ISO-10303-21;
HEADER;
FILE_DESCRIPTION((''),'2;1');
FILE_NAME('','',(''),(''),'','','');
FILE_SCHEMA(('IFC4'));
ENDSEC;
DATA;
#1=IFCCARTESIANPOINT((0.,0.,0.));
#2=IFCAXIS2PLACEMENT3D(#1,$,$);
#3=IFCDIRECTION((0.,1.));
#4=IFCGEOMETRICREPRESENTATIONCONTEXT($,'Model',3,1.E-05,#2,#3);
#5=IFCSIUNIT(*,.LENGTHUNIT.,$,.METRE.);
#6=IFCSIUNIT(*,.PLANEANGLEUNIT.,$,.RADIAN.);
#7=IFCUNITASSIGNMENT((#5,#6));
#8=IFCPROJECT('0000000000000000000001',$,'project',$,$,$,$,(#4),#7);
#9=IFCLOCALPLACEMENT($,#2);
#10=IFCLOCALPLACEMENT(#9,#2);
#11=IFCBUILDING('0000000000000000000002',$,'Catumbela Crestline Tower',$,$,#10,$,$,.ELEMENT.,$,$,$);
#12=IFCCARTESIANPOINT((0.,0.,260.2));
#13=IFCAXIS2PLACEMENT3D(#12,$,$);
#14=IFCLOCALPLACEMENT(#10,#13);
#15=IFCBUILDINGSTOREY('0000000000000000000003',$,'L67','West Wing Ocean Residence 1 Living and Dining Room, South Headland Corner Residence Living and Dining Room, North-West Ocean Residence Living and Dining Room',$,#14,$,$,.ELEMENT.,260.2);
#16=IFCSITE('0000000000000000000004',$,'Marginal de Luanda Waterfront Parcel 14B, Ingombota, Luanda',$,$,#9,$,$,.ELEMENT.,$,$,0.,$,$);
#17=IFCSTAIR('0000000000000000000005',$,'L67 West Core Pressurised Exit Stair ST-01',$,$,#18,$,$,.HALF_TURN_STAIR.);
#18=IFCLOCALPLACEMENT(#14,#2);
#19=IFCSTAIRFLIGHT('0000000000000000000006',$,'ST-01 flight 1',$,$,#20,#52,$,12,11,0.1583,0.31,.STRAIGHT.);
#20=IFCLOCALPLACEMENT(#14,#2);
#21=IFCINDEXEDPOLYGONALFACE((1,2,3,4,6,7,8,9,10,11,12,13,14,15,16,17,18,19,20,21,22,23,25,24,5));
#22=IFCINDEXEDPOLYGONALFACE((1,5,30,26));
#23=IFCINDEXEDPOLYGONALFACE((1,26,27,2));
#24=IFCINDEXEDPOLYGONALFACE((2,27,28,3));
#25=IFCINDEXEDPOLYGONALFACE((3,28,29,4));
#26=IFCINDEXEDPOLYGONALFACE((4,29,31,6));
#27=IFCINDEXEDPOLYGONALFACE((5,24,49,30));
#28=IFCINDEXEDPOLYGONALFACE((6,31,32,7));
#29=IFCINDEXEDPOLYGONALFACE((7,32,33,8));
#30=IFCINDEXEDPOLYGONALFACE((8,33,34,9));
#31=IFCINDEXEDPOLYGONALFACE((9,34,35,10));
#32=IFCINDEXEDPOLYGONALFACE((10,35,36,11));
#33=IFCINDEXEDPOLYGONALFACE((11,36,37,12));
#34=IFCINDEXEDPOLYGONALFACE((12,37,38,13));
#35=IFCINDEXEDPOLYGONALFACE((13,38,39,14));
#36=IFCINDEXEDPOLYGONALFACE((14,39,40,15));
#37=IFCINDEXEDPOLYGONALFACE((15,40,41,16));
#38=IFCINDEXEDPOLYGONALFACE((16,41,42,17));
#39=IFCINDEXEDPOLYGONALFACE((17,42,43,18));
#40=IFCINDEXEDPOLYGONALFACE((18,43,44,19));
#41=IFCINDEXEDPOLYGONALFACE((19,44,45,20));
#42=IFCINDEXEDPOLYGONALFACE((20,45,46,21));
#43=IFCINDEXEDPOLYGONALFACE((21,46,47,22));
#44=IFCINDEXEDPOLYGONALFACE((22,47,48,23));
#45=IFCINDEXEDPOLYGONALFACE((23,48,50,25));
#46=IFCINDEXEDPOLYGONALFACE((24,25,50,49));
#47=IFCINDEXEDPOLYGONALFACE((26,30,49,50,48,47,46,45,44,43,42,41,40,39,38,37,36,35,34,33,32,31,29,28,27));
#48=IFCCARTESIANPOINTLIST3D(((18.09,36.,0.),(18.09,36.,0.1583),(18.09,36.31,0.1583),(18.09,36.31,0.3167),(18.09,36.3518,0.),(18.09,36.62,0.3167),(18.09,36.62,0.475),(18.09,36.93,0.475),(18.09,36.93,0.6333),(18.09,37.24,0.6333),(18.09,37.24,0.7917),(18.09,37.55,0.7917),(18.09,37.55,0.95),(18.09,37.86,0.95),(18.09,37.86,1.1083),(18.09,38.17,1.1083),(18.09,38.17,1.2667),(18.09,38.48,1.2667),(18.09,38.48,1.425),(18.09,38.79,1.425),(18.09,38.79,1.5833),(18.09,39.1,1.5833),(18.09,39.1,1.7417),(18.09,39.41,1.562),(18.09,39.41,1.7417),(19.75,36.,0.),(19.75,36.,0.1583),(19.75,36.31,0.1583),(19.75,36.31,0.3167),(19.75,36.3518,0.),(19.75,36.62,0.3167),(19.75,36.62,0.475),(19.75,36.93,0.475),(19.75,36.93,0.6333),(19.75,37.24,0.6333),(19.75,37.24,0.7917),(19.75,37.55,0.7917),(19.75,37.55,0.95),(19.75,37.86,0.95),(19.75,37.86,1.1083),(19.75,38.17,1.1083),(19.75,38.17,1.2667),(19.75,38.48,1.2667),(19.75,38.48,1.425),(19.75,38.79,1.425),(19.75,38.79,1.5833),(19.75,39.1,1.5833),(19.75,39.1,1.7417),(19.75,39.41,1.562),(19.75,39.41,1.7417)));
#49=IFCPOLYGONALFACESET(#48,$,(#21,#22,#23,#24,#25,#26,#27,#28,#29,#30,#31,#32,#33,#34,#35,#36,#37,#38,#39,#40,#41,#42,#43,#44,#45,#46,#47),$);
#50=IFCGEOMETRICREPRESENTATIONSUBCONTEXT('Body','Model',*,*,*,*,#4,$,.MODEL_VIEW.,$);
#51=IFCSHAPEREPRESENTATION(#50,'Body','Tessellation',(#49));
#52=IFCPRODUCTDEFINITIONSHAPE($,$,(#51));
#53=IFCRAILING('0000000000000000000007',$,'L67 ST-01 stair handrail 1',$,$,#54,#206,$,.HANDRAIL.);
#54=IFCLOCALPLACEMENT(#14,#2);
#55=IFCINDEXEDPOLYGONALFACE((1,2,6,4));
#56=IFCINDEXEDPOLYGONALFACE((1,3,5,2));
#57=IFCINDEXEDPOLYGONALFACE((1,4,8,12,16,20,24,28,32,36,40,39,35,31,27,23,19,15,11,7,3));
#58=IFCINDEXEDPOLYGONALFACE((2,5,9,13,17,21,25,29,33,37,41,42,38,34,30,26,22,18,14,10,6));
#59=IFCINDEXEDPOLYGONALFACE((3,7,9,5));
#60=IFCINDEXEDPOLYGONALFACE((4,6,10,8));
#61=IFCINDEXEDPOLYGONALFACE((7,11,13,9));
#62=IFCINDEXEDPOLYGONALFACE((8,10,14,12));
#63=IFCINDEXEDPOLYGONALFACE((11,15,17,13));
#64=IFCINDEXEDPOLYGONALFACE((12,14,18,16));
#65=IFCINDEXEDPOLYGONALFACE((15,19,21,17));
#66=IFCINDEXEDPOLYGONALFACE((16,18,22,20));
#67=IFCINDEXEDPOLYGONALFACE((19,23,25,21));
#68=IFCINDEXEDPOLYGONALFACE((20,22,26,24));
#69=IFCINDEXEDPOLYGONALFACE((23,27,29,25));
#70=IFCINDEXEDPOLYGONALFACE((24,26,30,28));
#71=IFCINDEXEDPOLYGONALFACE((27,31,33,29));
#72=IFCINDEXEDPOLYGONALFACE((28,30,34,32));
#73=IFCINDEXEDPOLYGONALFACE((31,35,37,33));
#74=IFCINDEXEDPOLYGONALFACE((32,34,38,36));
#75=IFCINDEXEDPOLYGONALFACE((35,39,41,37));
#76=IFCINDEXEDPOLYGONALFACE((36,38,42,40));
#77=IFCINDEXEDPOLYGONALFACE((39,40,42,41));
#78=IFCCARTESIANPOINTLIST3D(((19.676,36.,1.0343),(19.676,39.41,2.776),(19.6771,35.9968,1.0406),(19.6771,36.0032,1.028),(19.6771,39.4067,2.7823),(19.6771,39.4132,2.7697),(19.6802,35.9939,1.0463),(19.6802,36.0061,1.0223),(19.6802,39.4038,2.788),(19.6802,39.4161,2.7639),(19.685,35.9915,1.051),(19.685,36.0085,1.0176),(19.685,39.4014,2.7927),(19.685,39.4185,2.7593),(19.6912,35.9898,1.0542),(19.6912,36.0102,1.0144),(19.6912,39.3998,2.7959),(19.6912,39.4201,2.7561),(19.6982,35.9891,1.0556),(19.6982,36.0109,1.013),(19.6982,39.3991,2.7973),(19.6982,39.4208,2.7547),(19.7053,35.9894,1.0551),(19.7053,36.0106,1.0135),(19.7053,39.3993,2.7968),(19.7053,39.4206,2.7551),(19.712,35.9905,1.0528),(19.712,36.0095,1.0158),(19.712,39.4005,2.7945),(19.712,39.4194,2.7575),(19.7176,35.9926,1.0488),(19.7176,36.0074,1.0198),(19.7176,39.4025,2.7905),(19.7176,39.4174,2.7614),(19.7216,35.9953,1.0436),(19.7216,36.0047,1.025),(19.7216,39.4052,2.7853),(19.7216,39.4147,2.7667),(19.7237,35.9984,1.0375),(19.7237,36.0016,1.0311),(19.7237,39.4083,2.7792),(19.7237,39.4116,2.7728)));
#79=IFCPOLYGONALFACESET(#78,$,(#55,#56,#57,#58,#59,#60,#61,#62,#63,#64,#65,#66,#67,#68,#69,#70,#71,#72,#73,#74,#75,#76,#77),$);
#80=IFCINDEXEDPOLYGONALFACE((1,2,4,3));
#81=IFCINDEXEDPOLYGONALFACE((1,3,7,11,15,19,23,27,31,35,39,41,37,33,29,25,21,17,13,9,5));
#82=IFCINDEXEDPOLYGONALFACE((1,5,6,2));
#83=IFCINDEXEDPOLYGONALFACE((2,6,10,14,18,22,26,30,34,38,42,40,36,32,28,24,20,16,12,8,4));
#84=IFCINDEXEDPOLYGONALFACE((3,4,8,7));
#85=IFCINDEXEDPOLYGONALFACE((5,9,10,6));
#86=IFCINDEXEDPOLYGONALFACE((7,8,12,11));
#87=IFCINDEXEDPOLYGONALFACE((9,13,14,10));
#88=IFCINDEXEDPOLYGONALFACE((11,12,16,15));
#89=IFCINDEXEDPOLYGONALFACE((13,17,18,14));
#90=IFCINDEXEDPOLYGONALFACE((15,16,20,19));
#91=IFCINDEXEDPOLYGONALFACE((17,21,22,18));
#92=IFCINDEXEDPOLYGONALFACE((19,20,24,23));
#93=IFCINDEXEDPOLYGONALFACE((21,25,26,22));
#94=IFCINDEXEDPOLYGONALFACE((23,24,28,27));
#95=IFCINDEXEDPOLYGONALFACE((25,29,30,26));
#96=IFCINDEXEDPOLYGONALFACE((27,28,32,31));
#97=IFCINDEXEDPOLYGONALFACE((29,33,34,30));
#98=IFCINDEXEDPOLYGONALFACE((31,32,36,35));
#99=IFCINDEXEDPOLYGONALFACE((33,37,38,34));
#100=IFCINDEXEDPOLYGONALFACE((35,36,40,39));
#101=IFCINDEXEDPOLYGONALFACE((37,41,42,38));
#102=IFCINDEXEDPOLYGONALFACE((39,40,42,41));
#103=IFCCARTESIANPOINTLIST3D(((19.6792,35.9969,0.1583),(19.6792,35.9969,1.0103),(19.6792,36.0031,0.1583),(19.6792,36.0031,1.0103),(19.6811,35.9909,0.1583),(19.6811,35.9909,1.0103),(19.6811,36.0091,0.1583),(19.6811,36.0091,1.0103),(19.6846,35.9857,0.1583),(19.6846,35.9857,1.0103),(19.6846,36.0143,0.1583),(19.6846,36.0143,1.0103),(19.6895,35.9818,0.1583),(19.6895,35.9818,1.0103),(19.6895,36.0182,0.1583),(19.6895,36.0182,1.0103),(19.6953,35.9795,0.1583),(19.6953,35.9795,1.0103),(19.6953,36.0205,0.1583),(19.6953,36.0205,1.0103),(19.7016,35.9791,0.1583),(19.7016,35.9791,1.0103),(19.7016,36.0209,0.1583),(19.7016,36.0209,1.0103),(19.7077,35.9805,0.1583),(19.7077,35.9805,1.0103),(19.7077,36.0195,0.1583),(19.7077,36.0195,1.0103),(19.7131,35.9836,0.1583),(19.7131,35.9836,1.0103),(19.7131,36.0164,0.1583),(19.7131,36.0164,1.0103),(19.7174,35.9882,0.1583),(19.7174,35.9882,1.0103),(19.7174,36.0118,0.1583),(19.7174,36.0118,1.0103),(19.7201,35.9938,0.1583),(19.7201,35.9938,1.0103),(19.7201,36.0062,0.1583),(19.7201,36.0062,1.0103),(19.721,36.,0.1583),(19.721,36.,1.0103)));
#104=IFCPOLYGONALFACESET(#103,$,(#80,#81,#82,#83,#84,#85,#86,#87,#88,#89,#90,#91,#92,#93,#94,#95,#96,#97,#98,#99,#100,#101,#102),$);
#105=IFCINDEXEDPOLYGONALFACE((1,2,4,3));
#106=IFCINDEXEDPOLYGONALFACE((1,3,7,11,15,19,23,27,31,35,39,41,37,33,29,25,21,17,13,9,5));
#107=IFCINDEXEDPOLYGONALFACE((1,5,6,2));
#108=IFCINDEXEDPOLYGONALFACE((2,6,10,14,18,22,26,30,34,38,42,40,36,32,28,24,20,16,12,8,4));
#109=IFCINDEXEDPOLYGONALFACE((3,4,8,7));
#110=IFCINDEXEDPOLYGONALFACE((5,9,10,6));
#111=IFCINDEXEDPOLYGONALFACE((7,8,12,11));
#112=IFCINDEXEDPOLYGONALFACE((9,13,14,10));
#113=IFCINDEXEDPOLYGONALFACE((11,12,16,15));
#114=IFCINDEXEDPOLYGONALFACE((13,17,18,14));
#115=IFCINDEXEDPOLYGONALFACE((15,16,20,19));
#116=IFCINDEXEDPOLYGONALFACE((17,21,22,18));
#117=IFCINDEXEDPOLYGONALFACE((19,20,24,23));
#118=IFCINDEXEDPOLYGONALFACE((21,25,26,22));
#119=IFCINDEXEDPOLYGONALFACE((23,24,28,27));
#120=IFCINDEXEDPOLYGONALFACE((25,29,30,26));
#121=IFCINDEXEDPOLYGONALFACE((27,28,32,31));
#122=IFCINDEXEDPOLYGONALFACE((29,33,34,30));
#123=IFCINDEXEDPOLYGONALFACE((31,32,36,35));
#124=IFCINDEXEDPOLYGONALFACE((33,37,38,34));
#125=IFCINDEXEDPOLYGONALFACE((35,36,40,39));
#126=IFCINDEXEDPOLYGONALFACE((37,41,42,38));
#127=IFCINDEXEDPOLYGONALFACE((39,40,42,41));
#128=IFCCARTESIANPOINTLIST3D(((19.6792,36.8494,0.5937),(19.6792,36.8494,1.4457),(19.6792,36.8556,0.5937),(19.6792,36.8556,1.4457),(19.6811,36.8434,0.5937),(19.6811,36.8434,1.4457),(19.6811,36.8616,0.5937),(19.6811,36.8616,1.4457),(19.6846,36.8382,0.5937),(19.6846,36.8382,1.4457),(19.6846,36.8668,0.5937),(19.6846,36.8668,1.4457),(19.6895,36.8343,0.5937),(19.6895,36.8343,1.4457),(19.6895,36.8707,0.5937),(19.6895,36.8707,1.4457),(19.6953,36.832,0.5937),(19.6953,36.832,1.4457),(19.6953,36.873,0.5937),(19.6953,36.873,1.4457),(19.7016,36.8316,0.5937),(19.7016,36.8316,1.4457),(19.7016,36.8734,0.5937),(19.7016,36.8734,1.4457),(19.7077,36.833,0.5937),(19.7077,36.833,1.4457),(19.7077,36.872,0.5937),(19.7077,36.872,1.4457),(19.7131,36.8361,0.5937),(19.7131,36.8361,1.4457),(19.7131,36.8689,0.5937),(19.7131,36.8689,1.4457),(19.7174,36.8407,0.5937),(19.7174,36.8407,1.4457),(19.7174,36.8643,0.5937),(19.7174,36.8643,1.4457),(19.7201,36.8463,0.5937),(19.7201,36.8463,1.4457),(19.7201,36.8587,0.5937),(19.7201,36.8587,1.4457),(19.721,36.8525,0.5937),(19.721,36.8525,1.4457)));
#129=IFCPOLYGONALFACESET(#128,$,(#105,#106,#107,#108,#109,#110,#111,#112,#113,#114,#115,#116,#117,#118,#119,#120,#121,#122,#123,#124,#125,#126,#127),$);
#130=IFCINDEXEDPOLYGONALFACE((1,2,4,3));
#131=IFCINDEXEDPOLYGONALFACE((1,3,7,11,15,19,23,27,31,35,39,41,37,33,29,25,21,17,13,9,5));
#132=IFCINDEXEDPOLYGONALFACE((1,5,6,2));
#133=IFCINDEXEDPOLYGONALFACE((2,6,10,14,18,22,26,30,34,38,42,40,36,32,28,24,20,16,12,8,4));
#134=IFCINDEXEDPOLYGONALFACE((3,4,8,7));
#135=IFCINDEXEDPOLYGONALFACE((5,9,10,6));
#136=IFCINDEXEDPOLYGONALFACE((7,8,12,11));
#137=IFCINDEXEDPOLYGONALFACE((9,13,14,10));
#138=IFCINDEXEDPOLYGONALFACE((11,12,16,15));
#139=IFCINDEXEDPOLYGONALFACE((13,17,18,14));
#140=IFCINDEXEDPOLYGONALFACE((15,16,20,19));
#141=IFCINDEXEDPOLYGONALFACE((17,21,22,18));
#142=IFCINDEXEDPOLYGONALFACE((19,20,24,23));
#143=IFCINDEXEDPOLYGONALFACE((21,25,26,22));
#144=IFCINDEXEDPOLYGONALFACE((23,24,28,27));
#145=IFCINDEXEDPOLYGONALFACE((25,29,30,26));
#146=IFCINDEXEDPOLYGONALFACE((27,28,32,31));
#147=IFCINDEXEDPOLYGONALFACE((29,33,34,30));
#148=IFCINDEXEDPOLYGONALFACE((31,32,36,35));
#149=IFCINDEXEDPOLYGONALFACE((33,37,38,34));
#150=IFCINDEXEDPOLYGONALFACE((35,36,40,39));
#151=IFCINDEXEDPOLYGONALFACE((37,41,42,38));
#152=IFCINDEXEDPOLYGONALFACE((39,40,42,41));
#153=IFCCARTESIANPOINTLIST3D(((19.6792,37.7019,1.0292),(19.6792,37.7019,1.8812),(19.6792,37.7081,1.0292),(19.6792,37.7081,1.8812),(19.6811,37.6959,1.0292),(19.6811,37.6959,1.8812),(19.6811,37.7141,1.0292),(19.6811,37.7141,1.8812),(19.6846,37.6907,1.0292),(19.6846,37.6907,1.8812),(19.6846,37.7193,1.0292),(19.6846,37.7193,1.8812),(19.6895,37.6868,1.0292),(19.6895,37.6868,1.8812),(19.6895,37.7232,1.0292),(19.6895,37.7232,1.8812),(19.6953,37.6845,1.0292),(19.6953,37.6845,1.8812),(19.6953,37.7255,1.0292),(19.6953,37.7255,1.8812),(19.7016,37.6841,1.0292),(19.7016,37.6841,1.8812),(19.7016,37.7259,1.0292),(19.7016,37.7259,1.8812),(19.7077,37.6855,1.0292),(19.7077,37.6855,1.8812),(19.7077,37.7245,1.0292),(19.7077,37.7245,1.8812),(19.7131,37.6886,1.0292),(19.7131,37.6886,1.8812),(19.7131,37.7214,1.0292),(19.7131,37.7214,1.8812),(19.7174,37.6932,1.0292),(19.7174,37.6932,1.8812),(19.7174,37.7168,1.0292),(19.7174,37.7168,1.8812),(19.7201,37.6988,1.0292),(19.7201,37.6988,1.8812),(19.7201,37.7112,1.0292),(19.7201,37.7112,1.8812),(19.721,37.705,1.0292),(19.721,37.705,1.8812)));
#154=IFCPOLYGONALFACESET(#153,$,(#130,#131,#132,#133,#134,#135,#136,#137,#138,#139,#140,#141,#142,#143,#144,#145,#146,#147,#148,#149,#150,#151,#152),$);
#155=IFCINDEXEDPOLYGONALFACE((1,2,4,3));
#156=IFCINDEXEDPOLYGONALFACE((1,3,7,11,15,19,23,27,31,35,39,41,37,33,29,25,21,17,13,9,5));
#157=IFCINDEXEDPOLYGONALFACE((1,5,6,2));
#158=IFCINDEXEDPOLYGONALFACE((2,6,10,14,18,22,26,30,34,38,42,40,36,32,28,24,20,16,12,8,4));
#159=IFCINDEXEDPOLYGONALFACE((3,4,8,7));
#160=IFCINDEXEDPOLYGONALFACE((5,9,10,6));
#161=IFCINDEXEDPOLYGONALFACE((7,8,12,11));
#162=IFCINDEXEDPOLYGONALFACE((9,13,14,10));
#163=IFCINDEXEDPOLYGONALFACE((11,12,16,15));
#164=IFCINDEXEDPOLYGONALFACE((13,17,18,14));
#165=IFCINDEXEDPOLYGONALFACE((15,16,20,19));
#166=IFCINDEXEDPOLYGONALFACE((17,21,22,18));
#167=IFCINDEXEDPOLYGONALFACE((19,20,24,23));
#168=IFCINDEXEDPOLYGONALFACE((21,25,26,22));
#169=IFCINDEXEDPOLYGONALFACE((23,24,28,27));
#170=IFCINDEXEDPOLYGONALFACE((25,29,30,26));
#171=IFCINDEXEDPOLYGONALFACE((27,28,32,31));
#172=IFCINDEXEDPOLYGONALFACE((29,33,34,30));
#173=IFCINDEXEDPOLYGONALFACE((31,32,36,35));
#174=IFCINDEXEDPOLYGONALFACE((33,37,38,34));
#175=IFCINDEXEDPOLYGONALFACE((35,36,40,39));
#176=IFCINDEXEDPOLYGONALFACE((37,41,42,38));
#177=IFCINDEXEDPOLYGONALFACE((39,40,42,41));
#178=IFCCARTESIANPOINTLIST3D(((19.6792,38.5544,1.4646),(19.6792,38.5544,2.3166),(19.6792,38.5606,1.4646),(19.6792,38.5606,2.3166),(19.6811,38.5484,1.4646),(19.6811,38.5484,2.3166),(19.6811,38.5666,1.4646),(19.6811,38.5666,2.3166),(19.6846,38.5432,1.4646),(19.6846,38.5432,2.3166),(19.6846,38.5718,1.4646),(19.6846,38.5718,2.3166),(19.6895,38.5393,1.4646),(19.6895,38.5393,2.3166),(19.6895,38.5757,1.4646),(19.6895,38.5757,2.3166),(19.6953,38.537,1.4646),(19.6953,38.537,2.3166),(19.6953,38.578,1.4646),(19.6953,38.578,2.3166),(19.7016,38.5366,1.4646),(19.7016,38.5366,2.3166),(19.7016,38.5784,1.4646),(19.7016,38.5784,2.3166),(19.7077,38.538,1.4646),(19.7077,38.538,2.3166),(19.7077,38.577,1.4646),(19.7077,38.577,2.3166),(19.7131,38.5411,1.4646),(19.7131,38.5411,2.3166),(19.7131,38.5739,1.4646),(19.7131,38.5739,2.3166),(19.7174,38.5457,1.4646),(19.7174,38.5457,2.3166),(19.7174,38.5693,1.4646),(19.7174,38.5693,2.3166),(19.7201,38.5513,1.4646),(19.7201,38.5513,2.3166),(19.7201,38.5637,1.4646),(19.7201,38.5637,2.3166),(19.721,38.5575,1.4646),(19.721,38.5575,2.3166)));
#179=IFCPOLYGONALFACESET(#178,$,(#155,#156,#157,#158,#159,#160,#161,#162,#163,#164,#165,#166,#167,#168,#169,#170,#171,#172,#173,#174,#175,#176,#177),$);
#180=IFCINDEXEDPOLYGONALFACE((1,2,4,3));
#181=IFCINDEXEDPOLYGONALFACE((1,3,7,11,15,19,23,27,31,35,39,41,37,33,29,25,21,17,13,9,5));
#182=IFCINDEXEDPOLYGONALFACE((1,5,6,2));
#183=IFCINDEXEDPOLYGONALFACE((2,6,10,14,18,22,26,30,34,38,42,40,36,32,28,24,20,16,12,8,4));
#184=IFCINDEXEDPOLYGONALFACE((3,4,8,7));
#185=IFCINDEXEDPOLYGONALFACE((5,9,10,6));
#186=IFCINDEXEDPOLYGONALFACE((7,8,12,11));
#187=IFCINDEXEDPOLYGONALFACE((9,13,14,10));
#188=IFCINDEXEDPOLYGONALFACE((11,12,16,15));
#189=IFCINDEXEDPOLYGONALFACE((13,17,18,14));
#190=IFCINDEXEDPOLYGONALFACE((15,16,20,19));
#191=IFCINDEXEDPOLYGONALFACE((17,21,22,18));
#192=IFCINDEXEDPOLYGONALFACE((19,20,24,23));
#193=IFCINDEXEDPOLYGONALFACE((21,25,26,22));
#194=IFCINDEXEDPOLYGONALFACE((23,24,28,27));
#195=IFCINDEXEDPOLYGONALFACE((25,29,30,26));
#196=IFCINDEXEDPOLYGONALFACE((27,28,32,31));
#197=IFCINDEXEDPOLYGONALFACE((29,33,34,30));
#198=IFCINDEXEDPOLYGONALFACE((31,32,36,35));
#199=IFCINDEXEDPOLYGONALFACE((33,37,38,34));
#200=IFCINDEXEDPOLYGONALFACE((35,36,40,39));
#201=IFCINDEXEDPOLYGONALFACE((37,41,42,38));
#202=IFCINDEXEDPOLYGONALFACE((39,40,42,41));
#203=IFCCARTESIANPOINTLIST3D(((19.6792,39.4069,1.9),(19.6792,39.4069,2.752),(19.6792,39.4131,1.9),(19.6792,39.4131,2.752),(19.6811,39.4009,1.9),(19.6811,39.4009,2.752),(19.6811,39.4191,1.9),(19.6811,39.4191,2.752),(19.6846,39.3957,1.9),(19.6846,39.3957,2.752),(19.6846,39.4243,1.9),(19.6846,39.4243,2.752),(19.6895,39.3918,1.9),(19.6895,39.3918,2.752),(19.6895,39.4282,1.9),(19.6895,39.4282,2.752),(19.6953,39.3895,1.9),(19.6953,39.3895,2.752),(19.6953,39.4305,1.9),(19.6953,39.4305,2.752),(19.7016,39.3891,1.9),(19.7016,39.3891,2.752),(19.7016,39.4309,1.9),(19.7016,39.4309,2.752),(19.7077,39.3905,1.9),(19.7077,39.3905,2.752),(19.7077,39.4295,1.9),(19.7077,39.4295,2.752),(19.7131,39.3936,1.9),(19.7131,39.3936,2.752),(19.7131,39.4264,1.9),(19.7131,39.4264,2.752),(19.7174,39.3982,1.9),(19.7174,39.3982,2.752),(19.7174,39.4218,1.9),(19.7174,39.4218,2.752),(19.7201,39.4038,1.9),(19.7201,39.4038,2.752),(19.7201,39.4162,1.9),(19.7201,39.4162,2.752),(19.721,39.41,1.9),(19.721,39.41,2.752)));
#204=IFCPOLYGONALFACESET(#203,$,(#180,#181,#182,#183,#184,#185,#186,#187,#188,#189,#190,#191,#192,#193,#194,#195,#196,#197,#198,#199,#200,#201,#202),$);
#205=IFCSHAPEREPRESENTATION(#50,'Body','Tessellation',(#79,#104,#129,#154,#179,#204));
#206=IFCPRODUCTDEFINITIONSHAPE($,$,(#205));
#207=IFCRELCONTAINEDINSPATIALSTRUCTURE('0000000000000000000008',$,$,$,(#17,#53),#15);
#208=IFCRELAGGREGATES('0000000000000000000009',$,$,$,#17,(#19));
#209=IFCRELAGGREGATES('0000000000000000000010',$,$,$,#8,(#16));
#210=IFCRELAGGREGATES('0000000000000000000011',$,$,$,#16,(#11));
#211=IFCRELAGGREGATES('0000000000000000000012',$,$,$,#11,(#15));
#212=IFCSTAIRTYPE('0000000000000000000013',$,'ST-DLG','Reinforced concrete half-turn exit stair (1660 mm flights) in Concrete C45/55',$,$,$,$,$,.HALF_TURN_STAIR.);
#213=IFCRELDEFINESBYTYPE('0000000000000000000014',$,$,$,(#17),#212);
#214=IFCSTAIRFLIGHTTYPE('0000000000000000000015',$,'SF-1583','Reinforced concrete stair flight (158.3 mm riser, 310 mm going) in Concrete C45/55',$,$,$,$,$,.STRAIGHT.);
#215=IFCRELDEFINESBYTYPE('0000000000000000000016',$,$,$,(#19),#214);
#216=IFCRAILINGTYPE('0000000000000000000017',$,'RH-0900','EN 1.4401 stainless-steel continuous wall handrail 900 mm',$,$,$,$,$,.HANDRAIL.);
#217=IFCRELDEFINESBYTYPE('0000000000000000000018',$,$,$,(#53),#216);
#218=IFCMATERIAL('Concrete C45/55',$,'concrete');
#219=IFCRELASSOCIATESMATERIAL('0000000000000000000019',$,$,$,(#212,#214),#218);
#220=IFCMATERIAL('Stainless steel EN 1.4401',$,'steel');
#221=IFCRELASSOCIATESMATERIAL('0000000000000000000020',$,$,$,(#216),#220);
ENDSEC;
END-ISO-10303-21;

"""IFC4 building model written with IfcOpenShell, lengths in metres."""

from ifc_helpers import new_model, si_unit, direction, frame, origin, origin_2d, place, context, subcontext, project, spatial, polyline, circle, outline, extrude, material, type_object, element, aggregate, save


model = new_model("IFC4")

# Units and contexts
model_context = context("Model", 3, precision=1e-05, world=origin(), true_north=direction((0.0, 1.0)))
body_context = subcontext(model_context, "Body", "Model", "MODEL_VIEW")
ifc_project = project(units=[si_unit("LENGTHUNIT", "METRE"), si_unit("PLANEANGLEUNIT", "RADIAN")], contexts=[model_context])

# Site, building, storey
site_placement = place(None, origin())
site = spatial("IfcSite", under=ifc_project, at=site_placement, Name="Marginal de Luanda Waterfront Parcel 14B, Ingombota, Luanda", CompositionType="ELEMENT", RefElevation=0.0)
building_placement = place(site_placement, origin())
building = spatial("IfcBuilding", under=site, at=building_placement, Name="Catumbela Crestline Tower", CompositionType="ELEMENT")
storey_placement = place(building_placement, frame((0.0, 0.0, 260.2)))
storey = spatial("IfcBuildingStorey", under=building, at=storey_placement, Name="L67", Description="West Wing Ocean Residence 1 Living and Dining Room, South Headland Corner Residence Living and Dining Room, North-West Ocean Residence Living and Dining Room", CompositionType="ELEMENT", Elevation=260.2)

# Shared definitions
ifc_material_1 = material(Name="Stainless steel EN 1.4401", Category="steel")

# Stair, stair flight
ifc_material_2 = material(Name="Concrete C45/55", Category="concrete")
stair_type = type_object("IfcStairType", Name="ST-DLG", Description="Reinforced concrete half-turn exit stair (1660 mm flights) in Concrete C45/55", PredefinedType="HALF_TURN_STAIR", material=ifc_material_2)
stair_placement = place(storey_placement, origin())
stair = element("IfcStair", 1, at=stair_placement, inside=storey, type_object=stair_type, Name="L67 West Core Pressurised Exit Stair ST-01", PredefinedType="HALF_TURN_STAIR")
stair_flight_type = type_object("IfcStairFlightType", Name="SF-1583", Description="Reinforced concrete stair flight (158.3 mm riser, 310 mm going) in Concrete C45/55", PredefinedType="STRAIGHT", material=ifc_material_2)
stair_flight_placement = place(storey_placement, frame((18.92, 36.0, 0.0), z_axis=(0.0, 0.0, 1.0), x_axis=(0.0, 1.0, 0.0)))
stair_flight = element("IfcStairFlight", 2, at=stair_flight_placement, type_object=stair_flight_type, Name="ST-01 flight 1", NumberOfRisers=12, NumberOfTreads=11, PredefinedType="STRAIGHT", RiserHeight=0.1583, TreadLength=0.31, context=body_context, shape_type="SweptSolid", body=[
    extrude(outline(polyline([(0.0, 0.0), (0.0, 0.1583), (0.31, 0.1583), (0.31, 0.3167), (0.62, 0.3167), (0.62, 0.475), (0.93, 0.475), (0.93, 0.6333), (1.24, 0.6333), (1.24, 0.7917), (1.55, 0.7917), (1.55, 0.95), (1.86, 0.95), (1.86, 1.1083), (2.17, 1.1083), (2.17, 1.2667), (2.48, 1.2667), (2.48, 1.425), (2.79, 1.425), (2.79, 1.5833), (3.1, 1.5833), (3.1, 1.7417), (3.41, 1.7417), (3.41, 1.9), (3.41, 1.562), (0.3518, 0.0), (0.0, 0.0)])), frame((0.0, 0.83, 0.0), z_axis=(0.0, -1.0, 0.0), x_axis=(1.0, 0.0, 0.0)), (0.0, 0.0, 1.0), 1.66),
])
aggregate(stair, [stair_flight])

# Railing
railing_type_1 = type_object("IfcRailingType", Name="RH-0900", Description="EN 1.4401 stainless-steel continuous wall handrail 900 mm", PredefinedType="HANDRAIL", material=ifc_material_1)
railing_1_placement = place(storey_placement, frame((19.7, 36.0, 0.1583)))
element("IfcRailing", 3, at=railing_1_placement, inside=storey, type_object=railing_type_1, Name="L67 ST-01 stair handrail 1", PredefinedType="HANDRAIL", context=body_context, shape_type="SweptSolid", body=[
    extrude(circle(Radius=0.024, at=origin_2d()), frame((0.0, 0.0, 0.876), z_axis=(0.0, 0.89056, 0.454865), x_axis=(-1.0, 0.0, 0.0)), (0.0, 0.0, 1.0), 3.829),
    extrude(circle(Radius=0.021, at=origin_2d()), origin(), (0.0, 0.0, 1.0), 0.852),
    extrude(circle(Radius=0.021, at=origin_2d()), frame((0.0, 0.8525, 0.4354)), (0.0, 0.0, 1.0), 0.852),
    extrude(circle(Radius=0.021, at=origin_2d()), frame((0.0, 1.705, 0.8709)), (0.0, 0.0, 1.0), 0.852),
    extrude(circle(Radius=0.021, at=origin_2d()), frame((0.0, 2.5575, 1.3063)), (0.0, 0.0, 1.0), 0.852),
    extrude(circle(Radius=0.021, at=origin_2d()), frame((0.0, 3.41, 1.7417)), (0.0, 0.0, 1.0), 0.852),
])

save(model, "model.ifc")
